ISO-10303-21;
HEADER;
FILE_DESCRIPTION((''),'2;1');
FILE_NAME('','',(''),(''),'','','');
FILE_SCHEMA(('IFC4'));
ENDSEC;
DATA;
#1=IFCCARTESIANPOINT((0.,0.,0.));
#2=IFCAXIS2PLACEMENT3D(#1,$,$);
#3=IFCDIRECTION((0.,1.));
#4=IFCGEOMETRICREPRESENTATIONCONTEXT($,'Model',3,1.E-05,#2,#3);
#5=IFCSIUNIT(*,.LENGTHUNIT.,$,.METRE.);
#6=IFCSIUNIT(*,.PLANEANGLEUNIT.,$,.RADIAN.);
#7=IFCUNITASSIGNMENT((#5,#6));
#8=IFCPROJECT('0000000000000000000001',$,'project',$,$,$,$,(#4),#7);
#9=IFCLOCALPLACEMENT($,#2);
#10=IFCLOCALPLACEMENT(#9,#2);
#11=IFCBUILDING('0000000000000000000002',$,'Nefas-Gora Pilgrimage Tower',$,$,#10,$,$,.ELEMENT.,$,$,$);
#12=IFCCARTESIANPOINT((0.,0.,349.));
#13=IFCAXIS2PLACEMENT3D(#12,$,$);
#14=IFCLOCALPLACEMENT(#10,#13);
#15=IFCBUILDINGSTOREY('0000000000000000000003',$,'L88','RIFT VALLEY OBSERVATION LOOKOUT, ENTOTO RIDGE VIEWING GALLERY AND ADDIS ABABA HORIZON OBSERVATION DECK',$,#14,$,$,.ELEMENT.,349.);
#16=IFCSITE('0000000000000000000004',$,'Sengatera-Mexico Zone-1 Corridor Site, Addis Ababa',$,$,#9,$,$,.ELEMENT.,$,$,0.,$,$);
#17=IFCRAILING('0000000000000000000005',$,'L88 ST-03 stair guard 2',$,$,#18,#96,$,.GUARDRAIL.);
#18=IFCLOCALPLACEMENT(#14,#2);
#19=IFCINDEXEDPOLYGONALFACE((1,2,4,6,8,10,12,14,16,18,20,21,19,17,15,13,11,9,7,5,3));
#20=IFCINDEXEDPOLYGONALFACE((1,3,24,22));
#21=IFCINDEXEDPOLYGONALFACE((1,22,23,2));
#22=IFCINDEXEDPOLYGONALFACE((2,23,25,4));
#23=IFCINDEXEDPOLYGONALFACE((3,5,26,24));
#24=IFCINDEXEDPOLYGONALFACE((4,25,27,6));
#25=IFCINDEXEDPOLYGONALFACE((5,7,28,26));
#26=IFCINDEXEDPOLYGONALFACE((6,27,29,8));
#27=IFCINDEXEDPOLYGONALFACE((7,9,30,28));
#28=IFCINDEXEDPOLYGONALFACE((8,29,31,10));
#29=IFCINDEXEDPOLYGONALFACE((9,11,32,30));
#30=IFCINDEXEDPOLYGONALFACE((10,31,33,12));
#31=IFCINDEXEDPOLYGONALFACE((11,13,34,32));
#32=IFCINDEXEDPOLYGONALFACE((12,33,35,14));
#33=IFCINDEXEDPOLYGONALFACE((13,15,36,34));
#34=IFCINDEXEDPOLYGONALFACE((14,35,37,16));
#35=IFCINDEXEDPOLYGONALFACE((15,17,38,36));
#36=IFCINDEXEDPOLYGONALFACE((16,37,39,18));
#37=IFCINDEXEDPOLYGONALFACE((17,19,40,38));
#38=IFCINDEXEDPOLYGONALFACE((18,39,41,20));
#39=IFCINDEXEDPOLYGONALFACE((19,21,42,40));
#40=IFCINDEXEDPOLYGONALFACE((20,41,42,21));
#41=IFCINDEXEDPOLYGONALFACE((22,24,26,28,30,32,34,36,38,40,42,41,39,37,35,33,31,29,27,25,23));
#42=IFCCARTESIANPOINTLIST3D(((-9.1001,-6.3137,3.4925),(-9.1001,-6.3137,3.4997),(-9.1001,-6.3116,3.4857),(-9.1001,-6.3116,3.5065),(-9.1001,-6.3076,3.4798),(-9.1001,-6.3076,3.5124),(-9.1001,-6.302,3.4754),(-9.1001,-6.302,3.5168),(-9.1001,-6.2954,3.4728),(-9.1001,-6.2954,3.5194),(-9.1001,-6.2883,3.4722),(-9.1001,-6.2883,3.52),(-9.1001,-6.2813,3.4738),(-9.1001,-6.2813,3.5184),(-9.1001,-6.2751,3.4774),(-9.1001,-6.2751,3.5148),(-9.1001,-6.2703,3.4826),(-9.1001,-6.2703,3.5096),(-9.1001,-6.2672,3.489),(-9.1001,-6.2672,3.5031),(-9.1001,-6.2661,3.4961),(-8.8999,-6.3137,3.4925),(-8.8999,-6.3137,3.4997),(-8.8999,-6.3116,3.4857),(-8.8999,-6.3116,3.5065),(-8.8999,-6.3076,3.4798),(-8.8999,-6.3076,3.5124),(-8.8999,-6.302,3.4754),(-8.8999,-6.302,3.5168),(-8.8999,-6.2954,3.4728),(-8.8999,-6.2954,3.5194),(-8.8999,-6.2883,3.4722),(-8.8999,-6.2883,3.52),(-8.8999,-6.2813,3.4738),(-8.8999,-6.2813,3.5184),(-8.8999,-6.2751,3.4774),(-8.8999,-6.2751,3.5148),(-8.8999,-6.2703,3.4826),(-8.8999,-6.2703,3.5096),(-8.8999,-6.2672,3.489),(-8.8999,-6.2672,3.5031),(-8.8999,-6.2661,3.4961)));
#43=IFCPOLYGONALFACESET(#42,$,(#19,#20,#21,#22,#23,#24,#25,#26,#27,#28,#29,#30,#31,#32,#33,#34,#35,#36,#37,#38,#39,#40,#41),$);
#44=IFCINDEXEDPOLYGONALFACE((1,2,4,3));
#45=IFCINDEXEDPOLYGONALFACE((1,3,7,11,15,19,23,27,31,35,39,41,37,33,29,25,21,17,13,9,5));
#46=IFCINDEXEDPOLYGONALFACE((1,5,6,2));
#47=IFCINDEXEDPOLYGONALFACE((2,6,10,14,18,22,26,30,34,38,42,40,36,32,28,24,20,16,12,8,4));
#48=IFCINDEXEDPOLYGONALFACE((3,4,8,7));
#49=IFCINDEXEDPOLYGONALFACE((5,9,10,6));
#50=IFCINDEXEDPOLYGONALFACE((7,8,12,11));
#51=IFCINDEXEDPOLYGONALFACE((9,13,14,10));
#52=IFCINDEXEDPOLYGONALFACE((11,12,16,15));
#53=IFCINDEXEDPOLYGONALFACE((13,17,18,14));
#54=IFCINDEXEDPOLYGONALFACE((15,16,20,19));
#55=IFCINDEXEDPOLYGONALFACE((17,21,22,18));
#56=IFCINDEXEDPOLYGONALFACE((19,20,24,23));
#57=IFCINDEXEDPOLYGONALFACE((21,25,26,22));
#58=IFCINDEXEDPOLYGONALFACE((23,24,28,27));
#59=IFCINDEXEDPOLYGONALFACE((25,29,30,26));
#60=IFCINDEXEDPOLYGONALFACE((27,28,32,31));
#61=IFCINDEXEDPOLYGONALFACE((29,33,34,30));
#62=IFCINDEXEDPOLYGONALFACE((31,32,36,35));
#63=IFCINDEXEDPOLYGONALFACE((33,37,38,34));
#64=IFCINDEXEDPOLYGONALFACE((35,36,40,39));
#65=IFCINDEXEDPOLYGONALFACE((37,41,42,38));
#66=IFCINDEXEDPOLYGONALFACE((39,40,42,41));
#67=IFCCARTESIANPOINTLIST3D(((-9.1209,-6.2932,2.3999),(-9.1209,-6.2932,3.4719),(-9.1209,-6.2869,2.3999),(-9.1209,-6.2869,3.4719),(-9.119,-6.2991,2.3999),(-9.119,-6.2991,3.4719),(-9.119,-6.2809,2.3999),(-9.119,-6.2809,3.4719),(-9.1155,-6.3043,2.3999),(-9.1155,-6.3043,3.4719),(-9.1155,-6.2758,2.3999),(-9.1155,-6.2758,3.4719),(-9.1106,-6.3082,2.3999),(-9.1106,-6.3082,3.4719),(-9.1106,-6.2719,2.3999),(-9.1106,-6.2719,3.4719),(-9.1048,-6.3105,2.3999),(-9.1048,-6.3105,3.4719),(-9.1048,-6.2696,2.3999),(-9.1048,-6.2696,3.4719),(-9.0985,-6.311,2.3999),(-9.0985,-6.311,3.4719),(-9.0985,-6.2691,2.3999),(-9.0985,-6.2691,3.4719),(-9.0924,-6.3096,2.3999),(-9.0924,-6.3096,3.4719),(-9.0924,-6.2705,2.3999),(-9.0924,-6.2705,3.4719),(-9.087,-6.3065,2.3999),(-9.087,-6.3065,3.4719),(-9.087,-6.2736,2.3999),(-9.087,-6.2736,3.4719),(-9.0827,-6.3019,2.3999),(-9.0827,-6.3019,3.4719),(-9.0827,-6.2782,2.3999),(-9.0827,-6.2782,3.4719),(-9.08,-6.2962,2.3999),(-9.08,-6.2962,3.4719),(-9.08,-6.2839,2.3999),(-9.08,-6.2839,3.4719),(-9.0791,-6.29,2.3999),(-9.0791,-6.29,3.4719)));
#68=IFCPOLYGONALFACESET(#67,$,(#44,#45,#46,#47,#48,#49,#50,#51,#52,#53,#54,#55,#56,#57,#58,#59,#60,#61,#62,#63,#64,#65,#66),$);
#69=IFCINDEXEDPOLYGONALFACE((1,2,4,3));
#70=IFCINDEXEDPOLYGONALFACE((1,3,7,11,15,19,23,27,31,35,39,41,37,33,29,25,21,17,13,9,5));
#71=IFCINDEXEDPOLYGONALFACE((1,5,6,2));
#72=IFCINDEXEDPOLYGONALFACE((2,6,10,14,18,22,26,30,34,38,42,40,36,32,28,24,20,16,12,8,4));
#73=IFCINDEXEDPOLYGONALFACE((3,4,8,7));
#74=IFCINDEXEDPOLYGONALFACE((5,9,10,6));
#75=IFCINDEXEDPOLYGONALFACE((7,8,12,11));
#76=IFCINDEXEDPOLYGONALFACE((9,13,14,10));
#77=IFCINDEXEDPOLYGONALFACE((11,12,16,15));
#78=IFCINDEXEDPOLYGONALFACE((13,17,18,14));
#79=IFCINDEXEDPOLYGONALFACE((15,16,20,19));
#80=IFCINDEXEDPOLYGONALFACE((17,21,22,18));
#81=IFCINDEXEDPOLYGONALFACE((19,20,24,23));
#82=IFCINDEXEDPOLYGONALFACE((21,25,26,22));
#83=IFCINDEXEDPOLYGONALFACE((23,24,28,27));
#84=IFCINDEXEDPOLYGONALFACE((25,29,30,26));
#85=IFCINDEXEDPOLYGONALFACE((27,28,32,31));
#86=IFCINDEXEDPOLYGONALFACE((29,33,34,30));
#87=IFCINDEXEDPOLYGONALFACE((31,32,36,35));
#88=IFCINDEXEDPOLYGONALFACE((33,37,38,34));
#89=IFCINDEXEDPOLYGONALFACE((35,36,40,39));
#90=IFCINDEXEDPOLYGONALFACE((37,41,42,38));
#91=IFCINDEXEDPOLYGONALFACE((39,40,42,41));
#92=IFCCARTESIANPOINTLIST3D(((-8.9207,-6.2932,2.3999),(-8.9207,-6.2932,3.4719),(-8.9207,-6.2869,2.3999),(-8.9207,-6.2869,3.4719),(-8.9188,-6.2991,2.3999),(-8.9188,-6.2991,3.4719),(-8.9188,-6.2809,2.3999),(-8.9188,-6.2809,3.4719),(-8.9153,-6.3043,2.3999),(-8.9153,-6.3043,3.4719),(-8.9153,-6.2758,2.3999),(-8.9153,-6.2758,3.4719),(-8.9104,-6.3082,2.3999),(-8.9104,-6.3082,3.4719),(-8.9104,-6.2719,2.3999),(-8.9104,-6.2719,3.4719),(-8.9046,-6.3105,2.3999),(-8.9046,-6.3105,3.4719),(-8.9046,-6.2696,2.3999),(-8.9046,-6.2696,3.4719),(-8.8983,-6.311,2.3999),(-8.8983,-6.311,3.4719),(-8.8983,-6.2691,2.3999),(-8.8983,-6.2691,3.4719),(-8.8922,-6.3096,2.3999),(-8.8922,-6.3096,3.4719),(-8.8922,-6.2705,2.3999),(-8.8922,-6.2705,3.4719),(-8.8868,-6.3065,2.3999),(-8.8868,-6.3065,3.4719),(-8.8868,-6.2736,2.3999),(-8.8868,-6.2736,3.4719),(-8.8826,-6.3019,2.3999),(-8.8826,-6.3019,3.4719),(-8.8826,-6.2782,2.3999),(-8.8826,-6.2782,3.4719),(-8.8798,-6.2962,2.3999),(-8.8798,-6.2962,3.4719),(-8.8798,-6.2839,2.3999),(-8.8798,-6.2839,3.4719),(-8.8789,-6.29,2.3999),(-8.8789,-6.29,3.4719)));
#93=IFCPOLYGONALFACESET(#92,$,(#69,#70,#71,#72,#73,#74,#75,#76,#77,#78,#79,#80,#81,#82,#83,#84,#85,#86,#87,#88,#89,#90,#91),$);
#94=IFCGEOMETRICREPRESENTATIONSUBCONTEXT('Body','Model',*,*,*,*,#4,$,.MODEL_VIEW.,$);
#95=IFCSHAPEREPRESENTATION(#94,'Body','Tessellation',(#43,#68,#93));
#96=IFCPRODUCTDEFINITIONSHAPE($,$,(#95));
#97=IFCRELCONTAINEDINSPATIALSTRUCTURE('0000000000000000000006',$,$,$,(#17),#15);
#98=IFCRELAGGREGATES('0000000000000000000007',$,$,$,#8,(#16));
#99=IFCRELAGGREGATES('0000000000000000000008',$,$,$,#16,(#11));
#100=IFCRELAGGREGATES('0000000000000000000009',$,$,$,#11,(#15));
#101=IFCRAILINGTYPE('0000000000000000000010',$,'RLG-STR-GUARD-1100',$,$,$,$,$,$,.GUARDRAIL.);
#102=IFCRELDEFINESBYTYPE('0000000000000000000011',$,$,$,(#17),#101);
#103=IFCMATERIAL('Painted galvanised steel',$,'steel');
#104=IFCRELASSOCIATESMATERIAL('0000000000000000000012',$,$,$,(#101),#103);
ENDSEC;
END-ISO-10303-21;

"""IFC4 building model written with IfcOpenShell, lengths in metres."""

from ifc_helpers import new_model, si_unit, direction, frame, origin, origin_2d, place, context, subcontext, project, spatial, circle, extrude, material, type_object, element, save


model = new_model("IFC4")

# Units and contexts
model_context = context("Model", 3, precision=1e-05, world=origin(), true_north=direction((0.0, 1.0)))
body_context = subcontext(model_context, "Body", "Model", "MODEL_VIEW")
ifc_project = project(units=[si_unit("LENGTHUNIT", "METRE"), si_unit("PLANEANGLEUNIT", "RADIAN")], contexts=[model_context])

# Site, building, storey
site_placement = place(None, origin())
site = spatial("IfcSite", under=ifc_project, at=site_placement, Name="Sengatera-Mexico Zone-1 Corridor Site, Addis Ababa", CompositionType="ELEMENT", RefElevation=0.0)
building_placement = place(site_placement, origin())
building = spatial("IfcBuilding", under=site, at=building_placement, Name="Nefas-Gora Pilgrimage Tower", CompositionType="ELEMENT")
storey_placement = place(building_placement, frame((0.0, 0.0, 349.0)))
storey = spatial("IfcBuildingStorey", under=building, at=storey_placement, Name="L88", Description="RIFT VALLEY OBSERVATION LOOKOUT, ENTOTO RIDGE VIEWING GALLERY AND ADDIS ABABA HORIZON OBSERVATION DECK", CompositionType="ELEMENT", Elevation=349.0)

# Railing
ifc_material_1 = material(Name="Painted galvanised steel", Category="steel")
railing_type_1 = type_object("IfcRailingType", Name="RLG-STR-GUARD-1100", PredefinedType="GUARDRAIL", material=ifc_material_1)
railing_1_placement = place(storey_placement, frame((-9.1001, -6.29, 2.3999)))
element("IfcRailing", 1, at=railing_1_placement, inside=storey, type_object=railing_type_1, Name="L88 ST-03 stair guard 2", PredefinedType="GUARDRAIL", context=body_context, shape_type="SweptSolid", body=[
    extrude(circle(Radius=0.0239, at=origin_2d()), frame((0.0, 0.0, 1.0962), z_axis=(1.0, 0.0, 0.0), x_axis=(0.0, 1.0, 0.0)), (0.0, 0.0, 1.0), 0.2002),
    extrude(circle(Radius=0.021, at=origin_2d()), origin(), (0.0, 0.0, 1.0), 1.072),
    extrude(circle(Radius=0.021, at=origin_2d()), frame((0.2002, 0.0, 0.0)), (0.0, 0.0, 1.0), 1.072),
])

save(model, "model.ifc")
